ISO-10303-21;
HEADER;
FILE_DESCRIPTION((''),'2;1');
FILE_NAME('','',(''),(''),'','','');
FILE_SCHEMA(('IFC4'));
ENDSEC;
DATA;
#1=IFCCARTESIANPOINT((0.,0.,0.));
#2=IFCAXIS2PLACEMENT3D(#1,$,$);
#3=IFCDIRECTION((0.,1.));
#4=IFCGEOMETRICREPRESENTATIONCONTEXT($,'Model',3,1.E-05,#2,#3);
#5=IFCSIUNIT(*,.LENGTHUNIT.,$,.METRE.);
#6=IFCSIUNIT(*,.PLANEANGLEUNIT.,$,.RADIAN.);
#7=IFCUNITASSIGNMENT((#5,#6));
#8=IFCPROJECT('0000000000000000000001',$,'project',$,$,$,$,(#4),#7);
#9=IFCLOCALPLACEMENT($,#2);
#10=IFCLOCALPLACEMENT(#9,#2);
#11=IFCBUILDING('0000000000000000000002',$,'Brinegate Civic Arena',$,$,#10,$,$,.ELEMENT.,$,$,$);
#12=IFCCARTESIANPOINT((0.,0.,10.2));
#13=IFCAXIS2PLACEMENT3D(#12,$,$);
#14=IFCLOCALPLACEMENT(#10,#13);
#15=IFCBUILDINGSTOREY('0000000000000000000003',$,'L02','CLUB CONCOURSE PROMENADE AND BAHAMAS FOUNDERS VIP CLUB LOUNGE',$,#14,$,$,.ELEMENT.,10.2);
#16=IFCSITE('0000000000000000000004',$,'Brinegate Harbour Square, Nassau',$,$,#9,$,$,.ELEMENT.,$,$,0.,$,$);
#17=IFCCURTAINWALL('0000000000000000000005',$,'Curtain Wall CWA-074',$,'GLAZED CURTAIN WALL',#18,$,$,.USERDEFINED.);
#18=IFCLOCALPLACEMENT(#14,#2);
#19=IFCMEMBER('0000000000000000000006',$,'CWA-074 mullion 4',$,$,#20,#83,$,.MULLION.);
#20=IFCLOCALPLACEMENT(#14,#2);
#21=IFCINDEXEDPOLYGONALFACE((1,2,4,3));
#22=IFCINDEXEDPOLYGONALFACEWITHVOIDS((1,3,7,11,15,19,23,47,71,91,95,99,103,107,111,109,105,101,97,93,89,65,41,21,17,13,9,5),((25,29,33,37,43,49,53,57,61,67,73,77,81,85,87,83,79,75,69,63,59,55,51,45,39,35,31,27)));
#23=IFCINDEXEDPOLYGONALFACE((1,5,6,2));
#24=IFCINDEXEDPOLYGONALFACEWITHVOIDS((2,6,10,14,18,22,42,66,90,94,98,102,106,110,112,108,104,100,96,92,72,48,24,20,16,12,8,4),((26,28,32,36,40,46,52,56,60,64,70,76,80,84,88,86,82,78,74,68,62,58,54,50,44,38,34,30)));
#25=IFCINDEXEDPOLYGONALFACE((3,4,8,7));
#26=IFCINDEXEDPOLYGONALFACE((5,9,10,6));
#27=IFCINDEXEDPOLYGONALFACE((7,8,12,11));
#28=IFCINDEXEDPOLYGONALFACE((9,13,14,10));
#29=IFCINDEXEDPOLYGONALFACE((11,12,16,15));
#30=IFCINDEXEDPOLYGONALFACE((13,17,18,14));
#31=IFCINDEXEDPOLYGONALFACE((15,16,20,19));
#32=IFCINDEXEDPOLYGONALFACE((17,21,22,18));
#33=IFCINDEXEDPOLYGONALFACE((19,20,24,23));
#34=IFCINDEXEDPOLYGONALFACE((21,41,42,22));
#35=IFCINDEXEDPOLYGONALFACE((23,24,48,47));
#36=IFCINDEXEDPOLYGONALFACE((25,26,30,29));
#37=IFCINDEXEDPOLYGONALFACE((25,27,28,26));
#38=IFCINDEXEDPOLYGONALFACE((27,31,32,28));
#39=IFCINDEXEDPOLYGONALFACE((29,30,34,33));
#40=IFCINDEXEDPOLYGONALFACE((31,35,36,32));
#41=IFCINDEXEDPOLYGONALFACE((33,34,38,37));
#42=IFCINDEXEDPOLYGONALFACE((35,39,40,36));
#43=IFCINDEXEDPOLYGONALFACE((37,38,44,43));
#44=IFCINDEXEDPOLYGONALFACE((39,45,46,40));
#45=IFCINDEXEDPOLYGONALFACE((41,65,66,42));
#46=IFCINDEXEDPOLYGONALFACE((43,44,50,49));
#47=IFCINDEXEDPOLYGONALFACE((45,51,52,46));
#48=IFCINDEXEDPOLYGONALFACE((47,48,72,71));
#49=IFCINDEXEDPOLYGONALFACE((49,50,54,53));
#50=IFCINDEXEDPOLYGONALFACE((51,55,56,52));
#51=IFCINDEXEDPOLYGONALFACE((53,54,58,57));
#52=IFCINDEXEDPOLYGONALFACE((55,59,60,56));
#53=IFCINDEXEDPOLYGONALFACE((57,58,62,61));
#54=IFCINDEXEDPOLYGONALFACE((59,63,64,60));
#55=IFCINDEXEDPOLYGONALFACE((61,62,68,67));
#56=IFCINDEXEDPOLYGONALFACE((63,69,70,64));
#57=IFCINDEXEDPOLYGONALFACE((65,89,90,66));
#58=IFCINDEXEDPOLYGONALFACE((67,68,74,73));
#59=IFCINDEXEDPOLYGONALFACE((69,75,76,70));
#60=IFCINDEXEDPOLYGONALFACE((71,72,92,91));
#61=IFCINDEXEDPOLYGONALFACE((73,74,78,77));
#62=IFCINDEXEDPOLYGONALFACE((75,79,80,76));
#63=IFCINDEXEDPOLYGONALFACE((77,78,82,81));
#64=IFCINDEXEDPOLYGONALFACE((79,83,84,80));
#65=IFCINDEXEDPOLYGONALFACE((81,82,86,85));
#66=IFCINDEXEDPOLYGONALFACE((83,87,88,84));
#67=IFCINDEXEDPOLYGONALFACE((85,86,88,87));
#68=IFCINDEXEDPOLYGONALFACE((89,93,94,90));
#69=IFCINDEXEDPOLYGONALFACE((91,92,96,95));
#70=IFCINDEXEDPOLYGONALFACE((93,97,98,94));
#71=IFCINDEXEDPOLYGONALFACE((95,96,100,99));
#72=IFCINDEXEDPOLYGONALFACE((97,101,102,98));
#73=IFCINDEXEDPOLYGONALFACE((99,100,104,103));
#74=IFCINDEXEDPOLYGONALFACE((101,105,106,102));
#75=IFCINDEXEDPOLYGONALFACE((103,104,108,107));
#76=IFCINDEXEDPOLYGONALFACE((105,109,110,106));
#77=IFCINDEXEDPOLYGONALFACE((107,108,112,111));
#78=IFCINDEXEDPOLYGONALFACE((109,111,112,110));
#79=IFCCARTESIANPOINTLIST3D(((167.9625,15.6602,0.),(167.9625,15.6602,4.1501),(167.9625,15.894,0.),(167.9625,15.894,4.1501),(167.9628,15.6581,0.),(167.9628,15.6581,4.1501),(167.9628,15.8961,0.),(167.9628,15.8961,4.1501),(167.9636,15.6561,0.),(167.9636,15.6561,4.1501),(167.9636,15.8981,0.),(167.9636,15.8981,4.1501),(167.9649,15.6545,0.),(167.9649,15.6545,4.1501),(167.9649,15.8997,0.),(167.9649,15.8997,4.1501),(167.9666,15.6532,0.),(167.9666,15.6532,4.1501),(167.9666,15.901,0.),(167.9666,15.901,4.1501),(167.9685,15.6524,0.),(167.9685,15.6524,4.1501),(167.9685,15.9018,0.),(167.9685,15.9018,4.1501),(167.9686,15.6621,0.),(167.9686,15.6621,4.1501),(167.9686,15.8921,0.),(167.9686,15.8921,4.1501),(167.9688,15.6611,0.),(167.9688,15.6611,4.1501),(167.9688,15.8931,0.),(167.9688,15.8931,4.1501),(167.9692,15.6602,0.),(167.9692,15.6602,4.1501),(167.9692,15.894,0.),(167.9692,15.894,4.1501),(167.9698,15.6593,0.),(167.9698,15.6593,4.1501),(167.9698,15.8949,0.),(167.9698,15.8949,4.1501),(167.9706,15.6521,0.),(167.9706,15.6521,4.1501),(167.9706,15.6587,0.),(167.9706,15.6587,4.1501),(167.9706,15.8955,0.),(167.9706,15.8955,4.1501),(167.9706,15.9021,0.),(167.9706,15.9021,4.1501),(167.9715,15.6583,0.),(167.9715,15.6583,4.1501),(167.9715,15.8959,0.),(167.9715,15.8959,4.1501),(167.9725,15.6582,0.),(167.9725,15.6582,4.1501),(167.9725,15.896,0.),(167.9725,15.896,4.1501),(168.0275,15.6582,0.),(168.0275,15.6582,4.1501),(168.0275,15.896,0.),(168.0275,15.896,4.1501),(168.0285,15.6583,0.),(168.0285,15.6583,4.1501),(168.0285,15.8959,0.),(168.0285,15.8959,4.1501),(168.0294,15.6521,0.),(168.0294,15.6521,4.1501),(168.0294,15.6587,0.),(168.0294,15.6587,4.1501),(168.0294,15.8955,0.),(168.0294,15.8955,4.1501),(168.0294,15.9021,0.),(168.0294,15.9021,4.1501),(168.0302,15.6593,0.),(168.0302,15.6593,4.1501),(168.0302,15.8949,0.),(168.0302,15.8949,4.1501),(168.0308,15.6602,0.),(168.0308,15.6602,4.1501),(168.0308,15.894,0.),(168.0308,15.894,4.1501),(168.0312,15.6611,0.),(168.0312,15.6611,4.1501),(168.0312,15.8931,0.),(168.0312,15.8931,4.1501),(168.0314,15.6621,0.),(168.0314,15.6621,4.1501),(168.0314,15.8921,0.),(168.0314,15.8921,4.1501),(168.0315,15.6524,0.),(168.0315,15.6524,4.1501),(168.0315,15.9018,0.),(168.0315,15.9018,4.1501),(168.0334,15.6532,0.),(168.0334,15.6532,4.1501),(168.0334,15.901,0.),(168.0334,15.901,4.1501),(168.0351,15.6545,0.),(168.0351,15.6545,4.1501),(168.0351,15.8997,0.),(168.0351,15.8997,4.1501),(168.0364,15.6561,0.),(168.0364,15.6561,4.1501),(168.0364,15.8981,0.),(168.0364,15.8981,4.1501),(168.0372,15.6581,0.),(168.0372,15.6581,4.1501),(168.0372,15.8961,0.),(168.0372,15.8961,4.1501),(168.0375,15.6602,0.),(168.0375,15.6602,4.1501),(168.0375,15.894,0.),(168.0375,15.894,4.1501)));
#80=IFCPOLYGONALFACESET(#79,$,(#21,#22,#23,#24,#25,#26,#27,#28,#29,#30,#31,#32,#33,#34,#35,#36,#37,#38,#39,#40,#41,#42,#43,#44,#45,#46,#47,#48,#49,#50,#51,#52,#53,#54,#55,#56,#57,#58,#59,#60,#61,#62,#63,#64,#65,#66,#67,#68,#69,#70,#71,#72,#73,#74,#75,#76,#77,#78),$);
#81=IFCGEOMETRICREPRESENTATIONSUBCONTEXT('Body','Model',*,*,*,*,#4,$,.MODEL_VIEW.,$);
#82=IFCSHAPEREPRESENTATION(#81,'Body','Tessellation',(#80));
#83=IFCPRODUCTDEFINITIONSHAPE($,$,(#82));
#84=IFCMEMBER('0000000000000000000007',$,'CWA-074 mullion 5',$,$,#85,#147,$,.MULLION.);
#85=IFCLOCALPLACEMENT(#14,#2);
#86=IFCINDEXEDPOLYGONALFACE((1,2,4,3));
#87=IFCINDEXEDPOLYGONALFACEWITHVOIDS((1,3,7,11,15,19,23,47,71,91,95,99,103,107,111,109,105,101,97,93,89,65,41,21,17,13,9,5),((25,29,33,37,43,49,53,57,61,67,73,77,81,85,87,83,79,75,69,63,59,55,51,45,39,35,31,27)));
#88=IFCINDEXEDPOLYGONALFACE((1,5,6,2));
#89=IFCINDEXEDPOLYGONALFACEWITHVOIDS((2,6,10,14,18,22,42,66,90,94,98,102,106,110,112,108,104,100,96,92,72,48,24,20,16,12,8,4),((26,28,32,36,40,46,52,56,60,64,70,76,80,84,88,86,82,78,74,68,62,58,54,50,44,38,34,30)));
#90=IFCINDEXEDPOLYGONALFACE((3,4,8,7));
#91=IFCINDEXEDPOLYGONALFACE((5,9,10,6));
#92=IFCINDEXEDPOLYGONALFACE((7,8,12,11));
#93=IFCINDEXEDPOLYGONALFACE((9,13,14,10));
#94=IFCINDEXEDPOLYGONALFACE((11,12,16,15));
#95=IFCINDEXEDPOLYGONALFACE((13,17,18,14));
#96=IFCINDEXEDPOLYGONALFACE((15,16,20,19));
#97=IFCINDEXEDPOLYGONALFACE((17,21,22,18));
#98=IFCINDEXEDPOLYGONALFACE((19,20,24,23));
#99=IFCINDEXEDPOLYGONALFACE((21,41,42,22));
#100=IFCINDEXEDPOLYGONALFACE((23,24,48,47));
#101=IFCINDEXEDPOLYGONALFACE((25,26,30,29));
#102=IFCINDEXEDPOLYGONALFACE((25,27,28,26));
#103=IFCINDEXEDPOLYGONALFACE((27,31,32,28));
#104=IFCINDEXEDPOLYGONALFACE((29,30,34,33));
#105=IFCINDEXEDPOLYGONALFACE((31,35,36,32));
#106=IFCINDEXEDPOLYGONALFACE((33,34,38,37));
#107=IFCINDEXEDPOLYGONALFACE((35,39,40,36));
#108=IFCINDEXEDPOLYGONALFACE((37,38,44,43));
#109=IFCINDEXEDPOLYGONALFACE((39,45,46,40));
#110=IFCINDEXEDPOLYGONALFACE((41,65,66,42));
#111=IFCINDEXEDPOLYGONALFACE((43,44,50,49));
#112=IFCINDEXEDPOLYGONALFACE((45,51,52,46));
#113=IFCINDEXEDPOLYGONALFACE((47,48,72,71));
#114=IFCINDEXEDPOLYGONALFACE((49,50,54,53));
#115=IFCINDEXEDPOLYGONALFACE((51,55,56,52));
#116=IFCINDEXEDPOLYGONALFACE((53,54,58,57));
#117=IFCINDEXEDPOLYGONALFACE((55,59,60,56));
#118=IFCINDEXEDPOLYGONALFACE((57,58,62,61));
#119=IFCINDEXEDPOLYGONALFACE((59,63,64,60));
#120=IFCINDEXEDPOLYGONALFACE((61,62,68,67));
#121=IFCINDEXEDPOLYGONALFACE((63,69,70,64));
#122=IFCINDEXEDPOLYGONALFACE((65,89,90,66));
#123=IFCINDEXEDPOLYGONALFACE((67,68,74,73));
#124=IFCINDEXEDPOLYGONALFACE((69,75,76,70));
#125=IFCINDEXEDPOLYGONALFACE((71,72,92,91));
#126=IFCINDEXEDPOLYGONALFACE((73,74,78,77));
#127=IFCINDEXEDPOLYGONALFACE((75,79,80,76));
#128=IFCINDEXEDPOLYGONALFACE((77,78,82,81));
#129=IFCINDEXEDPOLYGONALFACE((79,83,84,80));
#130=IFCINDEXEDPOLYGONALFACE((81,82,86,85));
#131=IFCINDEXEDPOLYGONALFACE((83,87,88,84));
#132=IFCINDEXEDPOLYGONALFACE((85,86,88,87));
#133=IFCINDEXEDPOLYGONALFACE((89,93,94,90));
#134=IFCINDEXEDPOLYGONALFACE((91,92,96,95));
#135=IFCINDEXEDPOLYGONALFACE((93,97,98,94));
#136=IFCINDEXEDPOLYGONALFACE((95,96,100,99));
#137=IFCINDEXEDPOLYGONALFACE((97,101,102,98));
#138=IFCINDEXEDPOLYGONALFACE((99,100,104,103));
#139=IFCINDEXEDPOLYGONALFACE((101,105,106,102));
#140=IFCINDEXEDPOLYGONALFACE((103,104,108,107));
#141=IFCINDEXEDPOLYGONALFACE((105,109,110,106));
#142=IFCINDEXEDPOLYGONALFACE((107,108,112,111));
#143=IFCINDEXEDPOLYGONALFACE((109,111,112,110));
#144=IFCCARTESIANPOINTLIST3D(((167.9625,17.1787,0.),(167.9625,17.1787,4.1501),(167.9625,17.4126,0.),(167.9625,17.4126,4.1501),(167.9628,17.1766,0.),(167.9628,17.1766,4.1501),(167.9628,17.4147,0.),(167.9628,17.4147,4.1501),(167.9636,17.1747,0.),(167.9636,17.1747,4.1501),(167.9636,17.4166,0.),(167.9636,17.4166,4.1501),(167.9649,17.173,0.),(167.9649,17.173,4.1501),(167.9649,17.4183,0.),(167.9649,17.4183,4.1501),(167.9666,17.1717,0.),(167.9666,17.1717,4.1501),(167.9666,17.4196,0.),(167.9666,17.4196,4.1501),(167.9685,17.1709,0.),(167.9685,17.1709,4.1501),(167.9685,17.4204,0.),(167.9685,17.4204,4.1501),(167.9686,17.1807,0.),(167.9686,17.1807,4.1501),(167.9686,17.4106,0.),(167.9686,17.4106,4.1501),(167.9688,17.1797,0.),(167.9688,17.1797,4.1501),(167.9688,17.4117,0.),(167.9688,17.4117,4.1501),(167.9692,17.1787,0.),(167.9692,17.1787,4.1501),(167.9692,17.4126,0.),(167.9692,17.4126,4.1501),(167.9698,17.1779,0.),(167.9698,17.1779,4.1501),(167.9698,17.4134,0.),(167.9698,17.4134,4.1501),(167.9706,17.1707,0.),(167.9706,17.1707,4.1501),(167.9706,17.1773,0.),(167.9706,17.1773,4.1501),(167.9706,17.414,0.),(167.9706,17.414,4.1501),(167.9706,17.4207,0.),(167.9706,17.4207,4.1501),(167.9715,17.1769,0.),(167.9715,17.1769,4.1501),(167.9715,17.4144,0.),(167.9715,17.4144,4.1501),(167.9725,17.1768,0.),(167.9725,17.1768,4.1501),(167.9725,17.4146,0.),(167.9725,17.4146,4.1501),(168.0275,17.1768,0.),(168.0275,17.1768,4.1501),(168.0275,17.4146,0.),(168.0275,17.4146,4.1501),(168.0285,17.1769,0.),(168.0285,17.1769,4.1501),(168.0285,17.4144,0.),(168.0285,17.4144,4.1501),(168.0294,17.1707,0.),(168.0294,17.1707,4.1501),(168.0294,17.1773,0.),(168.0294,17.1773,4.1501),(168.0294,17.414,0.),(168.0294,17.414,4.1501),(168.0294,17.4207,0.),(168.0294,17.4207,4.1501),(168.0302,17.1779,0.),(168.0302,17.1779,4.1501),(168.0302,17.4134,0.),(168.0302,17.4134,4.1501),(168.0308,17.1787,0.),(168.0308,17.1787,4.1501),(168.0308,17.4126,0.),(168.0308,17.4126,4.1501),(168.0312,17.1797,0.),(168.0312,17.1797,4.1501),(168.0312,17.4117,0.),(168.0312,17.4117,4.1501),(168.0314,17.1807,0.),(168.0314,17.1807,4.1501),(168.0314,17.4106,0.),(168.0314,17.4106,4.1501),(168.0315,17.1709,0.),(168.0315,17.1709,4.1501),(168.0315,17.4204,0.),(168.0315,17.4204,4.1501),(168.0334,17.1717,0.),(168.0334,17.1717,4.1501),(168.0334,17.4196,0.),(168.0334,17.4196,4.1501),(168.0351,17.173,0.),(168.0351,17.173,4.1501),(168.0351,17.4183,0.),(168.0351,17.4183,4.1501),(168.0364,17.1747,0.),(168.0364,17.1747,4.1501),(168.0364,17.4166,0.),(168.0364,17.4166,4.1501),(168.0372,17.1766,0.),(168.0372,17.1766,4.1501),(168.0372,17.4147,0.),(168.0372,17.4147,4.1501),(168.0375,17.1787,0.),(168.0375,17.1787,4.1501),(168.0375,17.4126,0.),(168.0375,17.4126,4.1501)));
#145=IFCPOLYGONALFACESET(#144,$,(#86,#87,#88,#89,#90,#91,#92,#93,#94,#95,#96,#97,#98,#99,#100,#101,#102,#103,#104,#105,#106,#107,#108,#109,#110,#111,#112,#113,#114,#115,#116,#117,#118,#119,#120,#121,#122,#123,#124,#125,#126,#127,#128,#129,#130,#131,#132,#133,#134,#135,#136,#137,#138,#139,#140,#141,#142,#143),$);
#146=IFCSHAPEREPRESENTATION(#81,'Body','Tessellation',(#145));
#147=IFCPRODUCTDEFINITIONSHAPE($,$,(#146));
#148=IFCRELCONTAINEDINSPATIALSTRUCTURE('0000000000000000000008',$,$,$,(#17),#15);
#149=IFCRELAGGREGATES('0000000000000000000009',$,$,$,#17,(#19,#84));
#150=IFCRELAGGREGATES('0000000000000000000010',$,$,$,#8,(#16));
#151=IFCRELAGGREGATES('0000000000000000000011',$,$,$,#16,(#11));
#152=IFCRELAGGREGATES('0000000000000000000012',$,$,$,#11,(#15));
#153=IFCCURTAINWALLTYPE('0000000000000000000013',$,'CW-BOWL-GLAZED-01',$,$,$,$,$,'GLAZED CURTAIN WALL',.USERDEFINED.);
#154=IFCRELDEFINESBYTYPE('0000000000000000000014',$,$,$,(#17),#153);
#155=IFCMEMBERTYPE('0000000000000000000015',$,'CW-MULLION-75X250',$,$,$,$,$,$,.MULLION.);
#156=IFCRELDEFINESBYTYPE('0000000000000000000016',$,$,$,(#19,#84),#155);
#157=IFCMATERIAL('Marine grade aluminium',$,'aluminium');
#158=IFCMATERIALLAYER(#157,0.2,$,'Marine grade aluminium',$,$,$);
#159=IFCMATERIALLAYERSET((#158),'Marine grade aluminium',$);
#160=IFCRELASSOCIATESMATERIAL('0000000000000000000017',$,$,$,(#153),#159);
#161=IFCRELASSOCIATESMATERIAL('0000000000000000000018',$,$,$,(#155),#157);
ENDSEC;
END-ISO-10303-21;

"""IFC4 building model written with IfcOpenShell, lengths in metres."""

from ifc_helpers import new_model, si_unit, direction, frame, origin, origin_2d, place, context, subcontext, project, spatial, hollow_rectangle, extrude, material, layer, layer_set, material_profile, profile_set, type_object, element, aggregate, save


model = new_model("IFC4")

# Units and contexts
model_context = context("Model", 3, precision=1e-05, world=origin(), true_north=direction((0.0, 1.0)))
body_context = subcontext(model_context, "Body", "Model", "MODEL_VIEW")
ifc_project = project(units=[si_unit("LENGTHUNIT", "METRE"), si_unit("PLANEANGLEUNIT", "RADIAN")], contexts=[model_context])

# Site, building, storey
site_placement = place(None, origin())
site = spatial("IfcSite", under=ifc_project, at=site_placement, Name="Brinegate Harbour Square, Nassau", CompositionType="ELEMENT", RefElevation=0.0)
building_placement = place(site_placement, origin())
building = spatial("IfcBuilding", under=site, at=building_placement, Name="Brinegate Civic Arena", CompositionType="ELEMENT")
storey_placement = place(building_placement, frame((0.0, 0.0, 10.2)))
storey = spatial("IfcBuildingStorey", under=building, at=storey_placement, Name="L02", Description="CLUB CONCOURSE PROMENADE AND BAHAMAS FOUNDERS VIP CLUB LOUNGE", CompositionType="ELEMENT", Elevation=10.2)

# Shared definitions
ifc_material_1 = material(Name="Marine grade aluminium", Category="aluminium")
ifc_layer_1 = layer(ifc_material_1, 0.2, Name="Marine grade aluminium")
ifc_layer_set_1 = layer_set([ifc_layer_1], Name="Marine grade aluminium")
curtain_wall_type = type_object("IfcCurtainWallType", Name="CW-BOWL-GLAZED-01", ElementType="GLAZED CURTAIN WALL", PredefinedType="USERDEFINED", material=ifc_layer_set_1)

# Curtain wall, members
curtain_wall_1_placement = place(storey_placement, origin())
curtain_wall_1 = element("IfcCurtainWall", 1, at=curtain_wall_1_placement, inside=storey, type_object=curtain_wall_type, Name="Curtain Wall CWA-074", ObjectType="GLAZED CURTAIN WALL", PredefinedType="USERDEFINED")
ifc_material_profile_1 = material_profile(ifc_material_1, hollow_rectangle(XDim=0.075, YDim=0.25, WallThickness=0.0061, InnerFilletRadius=0.0039, OuterFilletRadius=0.0081, at=origin_2d()), Name="MUL75X250")
ifc_profile_set_1 = profile_set([ifc_material_profile_1], Name="Marine grade aluminium")
member_type_1 = type_object("IfcMemberType", Name="CW-MULLION-75X250", PredefinedType="MULLION", material=ifc_profile_set_1)
member_1_placement = place(storey_placement, frame((168.0, 15.7771, 0.0), z_axis=(0.0, 0.0, 1.0), x_axis=(-1.0, 0.0, 0.0)))
member_1 = element("IfcMember", 2, at=member_1_placement, type_object=member_type_1, Name="CWA-074 mullion 4", PredefinedType="MULLION", context=body_context, shape_type="SweptSolid", body=[
    extrude(hollow_rectangle(XDim=0.075, YDim=0.25, WallThickness=0.0061, InnerFilletRadius=0.0039, OuterFilletRadius=0.0081, at=origin_2d()), origin(), (0.0, 0.0, 1.0), 4.1501),
])
member_2_placement = place(storey_placement, frame((168.0, 17.2957, 0.0), z_axis=(0.0, 0.0, 1.0), x_axis=(-1.0, 0.0, 0.0)))
member_2 = element("IfcMember", 3, at=member_2_placement, type_object=member_type_1, Name="CWA-074 mullion 5", PredefinedType="MULLION", context=body_context, shape_type="SweptSolid", body=[
    extrude(hollow_rectangle(XDim=0.075, YDim=0.25, WallThickness=0.0061, InnerFilletRadius=0.0039, OuterFilletRadius=0.0081, at=origin_2d()), origin(), (0.0, 0.0, 1.0), 4.1501),
])

aggregate(curtain_wall_1, [member_1, member_2])

save(model, "model.ifc")
